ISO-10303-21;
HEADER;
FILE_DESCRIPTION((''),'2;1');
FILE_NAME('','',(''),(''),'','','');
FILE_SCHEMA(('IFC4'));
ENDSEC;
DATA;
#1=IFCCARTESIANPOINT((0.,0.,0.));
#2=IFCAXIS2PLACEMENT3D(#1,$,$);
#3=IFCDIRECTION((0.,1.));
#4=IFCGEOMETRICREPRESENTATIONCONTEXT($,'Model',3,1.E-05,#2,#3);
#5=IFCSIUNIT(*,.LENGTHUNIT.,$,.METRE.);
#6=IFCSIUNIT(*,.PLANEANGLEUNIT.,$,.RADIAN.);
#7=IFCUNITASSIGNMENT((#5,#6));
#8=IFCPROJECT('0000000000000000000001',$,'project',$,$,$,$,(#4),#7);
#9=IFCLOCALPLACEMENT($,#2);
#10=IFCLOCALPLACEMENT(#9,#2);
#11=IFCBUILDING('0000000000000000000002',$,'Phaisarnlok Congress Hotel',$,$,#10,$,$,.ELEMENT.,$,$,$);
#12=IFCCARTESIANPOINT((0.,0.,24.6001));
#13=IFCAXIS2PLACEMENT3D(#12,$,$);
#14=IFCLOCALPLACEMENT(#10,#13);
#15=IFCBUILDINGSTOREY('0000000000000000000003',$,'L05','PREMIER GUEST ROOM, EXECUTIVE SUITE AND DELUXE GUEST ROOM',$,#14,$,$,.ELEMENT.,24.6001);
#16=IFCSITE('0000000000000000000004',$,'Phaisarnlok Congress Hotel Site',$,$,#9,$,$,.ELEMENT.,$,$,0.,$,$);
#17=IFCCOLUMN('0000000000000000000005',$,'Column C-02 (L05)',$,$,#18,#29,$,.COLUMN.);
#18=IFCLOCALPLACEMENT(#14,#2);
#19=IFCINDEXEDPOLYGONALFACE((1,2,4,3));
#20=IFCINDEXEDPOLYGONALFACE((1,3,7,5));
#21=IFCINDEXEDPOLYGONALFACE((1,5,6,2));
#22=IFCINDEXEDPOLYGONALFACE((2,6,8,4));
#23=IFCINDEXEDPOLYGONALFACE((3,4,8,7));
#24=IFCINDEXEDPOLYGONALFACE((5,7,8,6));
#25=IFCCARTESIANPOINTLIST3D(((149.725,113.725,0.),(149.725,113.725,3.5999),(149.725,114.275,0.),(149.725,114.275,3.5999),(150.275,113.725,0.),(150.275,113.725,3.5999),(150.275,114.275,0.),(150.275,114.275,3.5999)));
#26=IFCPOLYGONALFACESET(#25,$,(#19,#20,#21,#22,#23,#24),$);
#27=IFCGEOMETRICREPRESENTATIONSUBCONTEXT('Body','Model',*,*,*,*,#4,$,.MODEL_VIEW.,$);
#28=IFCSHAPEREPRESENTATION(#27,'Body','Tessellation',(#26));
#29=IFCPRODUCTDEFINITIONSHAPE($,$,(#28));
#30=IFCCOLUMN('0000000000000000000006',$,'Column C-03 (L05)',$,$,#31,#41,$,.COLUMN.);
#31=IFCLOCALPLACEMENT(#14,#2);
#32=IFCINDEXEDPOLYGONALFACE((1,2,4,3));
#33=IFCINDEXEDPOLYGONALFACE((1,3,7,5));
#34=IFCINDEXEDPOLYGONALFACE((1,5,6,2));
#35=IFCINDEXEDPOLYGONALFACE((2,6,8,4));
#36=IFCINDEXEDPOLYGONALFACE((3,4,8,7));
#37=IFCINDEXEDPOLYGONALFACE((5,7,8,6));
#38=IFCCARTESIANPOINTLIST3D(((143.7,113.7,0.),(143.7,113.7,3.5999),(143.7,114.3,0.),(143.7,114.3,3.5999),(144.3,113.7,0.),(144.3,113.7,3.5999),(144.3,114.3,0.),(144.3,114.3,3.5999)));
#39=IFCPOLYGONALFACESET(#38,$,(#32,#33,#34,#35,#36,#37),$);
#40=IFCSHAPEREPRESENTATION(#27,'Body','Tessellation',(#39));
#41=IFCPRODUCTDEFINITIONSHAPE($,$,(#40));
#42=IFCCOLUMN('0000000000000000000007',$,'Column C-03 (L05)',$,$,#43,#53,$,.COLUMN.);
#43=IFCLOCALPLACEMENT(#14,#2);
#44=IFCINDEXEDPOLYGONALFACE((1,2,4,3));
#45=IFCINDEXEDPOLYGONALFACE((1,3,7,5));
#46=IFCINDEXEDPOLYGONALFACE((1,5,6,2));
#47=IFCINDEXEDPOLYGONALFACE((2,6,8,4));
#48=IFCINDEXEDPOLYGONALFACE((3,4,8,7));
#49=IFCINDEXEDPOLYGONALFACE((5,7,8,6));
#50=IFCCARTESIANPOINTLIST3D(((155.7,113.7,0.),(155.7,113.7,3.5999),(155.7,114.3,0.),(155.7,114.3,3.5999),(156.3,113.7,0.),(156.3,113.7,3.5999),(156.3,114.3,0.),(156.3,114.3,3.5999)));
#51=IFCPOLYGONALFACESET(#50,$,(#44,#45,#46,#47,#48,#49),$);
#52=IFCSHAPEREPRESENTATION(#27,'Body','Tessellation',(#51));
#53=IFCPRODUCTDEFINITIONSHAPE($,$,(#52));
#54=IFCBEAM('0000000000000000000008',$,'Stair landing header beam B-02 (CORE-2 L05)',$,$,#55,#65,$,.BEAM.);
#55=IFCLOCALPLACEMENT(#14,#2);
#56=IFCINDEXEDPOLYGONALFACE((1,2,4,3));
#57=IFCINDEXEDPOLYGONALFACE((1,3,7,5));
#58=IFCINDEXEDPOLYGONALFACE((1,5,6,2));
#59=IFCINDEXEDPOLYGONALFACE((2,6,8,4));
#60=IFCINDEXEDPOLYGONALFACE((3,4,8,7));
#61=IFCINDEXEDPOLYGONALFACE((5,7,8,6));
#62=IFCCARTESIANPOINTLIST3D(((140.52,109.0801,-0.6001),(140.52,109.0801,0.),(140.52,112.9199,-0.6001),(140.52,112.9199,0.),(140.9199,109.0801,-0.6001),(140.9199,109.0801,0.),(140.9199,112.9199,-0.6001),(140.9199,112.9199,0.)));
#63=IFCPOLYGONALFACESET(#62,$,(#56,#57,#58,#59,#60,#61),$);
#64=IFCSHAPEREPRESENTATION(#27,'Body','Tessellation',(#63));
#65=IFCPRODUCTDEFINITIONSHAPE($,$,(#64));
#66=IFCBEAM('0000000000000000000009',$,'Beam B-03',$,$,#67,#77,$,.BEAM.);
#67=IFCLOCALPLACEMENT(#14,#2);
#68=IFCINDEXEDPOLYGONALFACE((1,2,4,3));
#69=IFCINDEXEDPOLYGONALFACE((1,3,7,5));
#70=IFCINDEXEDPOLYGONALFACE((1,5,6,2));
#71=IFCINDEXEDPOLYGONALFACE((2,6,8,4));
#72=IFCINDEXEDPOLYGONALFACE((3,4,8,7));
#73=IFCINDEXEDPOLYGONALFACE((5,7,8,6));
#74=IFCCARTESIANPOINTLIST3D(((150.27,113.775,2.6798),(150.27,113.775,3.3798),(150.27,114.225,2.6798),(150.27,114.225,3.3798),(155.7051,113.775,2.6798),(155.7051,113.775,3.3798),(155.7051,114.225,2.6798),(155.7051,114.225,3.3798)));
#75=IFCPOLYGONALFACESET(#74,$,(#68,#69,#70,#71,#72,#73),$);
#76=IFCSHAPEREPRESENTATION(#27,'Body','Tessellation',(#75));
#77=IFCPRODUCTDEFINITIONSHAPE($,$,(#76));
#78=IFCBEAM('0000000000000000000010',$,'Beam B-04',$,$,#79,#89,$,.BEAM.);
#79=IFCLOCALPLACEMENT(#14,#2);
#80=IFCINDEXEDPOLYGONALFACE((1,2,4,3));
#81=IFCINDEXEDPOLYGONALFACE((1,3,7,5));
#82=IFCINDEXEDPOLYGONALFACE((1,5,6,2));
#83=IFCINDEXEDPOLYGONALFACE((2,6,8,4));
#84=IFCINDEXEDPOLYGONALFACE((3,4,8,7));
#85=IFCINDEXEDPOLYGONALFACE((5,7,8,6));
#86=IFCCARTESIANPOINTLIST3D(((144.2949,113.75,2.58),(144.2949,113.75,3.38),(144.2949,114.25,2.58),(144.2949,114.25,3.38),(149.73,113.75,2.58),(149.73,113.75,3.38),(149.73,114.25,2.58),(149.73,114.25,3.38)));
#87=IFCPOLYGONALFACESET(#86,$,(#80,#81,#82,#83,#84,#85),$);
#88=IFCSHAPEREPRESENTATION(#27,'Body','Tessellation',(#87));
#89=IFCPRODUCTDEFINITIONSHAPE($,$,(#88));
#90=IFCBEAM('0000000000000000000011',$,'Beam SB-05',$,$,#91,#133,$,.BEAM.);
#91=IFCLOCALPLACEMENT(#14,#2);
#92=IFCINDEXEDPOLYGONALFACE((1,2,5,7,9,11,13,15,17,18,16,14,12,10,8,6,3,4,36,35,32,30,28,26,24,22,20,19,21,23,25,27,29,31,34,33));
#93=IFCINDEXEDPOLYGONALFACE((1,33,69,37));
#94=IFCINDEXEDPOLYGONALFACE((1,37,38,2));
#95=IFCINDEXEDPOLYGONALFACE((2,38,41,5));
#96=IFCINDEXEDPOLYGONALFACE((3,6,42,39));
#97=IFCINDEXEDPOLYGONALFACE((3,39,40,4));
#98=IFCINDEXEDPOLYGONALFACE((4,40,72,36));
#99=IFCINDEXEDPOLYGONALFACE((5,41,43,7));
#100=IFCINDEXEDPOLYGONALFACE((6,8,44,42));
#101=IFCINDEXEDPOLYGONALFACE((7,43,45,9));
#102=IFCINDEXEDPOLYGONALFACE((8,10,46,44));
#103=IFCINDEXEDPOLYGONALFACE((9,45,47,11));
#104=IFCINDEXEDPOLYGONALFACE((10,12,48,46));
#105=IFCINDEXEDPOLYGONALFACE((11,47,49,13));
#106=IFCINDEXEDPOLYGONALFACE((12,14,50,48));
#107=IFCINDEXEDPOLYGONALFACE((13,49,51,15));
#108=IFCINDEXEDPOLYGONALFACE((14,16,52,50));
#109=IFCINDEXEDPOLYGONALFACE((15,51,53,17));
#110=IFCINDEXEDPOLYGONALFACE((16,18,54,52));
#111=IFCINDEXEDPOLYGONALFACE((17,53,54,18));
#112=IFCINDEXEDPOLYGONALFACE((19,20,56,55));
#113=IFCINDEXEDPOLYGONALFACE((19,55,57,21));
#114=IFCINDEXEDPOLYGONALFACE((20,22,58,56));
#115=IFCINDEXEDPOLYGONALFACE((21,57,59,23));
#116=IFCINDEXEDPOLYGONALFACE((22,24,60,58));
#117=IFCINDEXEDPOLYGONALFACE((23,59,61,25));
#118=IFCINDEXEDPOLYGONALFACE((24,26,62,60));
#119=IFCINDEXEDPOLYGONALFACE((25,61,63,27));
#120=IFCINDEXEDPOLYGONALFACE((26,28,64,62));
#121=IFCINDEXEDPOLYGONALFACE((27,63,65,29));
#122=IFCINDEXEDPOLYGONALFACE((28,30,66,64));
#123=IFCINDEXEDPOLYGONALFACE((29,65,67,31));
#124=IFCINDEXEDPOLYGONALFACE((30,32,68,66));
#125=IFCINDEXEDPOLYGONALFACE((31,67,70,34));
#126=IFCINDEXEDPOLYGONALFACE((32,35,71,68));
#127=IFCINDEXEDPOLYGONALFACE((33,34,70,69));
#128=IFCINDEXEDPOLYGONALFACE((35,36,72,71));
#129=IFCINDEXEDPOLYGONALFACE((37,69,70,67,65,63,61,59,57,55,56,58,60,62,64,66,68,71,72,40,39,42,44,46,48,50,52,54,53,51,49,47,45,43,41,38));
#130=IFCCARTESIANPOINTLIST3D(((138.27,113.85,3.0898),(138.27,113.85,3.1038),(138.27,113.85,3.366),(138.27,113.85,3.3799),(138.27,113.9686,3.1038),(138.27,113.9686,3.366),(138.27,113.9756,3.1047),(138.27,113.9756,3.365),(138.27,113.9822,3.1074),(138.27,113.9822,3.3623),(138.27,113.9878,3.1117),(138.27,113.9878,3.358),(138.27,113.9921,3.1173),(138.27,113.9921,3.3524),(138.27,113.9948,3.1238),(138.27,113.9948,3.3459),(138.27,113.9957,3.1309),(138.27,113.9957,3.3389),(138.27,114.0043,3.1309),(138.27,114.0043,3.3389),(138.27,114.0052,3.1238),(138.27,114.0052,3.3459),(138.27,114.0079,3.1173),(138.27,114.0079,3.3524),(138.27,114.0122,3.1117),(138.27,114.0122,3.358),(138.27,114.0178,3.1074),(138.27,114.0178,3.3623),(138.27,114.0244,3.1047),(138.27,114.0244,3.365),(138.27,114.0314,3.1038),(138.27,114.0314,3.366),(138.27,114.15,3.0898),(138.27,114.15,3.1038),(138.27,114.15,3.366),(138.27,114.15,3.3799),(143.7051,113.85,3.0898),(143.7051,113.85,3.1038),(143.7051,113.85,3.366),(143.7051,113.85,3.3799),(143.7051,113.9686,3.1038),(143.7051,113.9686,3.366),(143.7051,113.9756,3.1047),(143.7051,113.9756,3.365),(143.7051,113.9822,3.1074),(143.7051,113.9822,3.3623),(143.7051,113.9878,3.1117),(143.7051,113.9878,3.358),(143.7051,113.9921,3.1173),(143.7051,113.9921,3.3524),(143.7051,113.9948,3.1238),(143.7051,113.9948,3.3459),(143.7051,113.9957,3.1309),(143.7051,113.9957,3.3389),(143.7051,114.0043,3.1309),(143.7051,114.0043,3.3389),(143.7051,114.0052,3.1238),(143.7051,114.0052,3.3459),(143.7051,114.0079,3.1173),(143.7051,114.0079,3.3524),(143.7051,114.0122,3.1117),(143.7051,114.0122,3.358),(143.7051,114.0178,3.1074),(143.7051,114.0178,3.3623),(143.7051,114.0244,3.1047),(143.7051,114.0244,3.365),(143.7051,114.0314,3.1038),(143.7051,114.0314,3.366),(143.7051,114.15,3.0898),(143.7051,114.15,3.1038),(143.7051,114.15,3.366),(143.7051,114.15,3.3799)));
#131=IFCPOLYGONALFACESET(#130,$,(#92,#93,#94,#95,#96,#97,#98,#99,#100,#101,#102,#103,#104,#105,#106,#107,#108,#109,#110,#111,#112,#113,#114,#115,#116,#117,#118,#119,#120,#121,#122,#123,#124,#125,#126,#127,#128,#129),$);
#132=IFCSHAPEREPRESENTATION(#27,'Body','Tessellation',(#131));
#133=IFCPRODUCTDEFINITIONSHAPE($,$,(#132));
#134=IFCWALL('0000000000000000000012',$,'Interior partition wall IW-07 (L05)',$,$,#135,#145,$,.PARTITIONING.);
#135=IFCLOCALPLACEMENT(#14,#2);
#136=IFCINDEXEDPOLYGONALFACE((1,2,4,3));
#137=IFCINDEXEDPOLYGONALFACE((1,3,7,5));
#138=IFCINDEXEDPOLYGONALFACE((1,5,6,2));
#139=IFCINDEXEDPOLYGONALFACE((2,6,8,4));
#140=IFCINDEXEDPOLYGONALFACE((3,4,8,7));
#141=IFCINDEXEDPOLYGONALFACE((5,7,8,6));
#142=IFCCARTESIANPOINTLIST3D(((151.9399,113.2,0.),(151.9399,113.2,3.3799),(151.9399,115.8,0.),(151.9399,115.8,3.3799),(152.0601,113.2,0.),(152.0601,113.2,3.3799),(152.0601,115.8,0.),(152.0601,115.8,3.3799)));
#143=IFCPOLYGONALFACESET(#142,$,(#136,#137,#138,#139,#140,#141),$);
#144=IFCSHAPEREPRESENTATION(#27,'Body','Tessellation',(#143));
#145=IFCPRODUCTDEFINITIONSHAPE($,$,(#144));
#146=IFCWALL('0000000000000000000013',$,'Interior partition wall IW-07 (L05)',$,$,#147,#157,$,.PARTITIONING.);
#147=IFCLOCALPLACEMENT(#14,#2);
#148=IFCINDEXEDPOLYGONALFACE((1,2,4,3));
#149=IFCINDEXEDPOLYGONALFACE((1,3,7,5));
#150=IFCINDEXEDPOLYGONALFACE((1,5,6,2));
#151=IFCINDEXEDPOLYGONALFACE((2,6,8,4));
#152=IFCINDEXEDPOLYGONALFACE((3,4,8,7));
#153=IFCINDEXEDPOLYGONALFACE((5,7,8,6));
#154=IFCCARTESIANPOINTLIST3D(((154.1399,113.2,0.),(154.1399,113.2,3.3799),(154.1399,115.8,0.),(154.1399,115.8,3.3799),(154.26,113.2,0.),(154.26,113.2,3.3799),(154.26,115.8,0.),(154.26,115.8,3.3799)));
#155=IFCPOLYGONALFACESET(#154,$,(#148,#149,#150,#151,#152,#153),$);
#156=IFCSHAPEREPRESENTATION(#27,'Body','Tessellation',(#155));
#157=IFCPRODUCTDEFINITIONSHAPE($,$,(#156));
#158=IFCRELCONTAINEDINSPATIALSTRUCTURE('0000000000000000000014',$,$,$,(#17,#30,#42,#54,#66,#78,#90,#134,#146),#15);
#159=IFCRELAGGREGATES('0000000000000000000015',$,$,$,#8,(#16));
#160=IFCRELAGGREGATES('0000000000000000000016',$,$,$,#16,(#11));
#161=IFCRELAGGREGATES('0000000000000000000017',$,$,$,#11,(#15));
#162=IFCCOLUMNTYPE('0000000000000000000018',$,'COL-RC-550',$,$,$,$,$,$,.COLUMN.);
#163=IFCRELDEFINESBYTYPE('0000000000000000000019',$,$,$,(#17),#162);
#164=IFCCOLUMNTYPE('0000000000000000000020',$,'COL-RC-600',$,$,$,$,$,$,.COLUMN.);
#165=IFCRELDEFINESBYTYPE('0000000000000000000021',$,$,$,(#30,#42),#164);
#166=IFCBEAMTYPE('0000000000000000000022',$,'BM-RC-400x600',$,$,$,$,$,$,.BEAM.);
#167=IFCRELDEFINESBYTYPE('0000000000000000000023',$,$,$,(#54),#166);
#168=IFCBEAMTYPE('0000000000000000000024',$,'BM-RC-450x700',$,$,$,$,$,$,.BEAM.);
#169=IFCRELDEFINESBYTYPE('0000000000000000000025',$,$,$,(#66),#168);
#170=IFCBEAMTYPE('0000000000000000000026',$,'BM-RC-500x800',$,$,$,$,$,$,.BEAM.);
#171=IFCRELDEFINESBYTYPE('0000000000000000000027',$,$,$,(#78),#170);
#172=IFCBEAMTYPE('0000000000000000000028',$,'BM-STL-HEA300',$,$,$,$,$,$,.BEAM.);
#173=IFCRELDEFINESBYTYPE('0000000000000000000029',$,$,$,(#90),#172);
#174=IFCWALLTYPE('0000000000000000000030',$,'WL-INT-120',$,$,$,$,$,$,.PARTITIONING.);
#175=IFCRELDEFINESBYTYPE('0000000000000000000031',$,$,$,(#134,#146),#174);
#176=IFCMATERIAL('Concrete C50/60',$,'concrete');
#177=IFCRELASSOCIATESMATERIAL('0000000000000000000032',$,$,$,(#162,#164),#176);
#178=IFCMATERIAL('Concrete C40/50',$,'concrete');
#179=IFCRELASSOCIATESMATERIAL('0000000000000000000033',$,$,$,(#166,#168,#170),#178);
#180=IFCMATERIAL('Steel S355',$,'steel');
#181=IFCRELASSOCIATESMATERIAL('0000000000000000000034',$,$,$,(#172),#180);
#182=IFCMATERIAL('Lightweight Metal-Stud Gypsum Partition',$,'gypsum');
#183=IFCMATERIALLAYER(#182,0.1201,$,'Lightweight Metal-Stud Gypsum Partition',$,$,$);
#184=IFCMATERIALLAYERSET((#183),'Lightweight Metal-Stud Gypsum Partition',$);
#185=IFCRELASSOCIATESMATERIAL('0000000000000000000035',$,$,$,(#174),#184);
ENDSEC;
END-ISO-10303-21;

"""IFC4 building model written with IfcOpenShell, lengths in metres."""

from ifc_helpers import new_model, si_unit, direction, frame, frame_2d, origin, origin_2d, place, context, subcontext, project, spatial, rectangle, i_section, extrude, material, layer, layer_set, material_profile, profile_set, type_object, element, save


model = new_model("IFC4")

# Units and contexts
model_context = context("Model", 3, precision=1e-05, world=origin(), true_north=direction((0.0, 1.0)))
body_context = subcontext(model_context, "Body", "Model", "MODEL_VIEW")
ifc_project = project(units=[si_unit("LENGTHUNIT", "METRE"), si_unit("PLANEANGLEUNIT", "RADIAN")], contexts=[model_context])

# Site, building, storey
site_placement = place(None, origin())
site = spatial("IfcSite", under=ifc_project, at=site_placement, Name="Phaisarnlok Congress Hotel Site", CompositionType="ELEMENT", RefElevation=0.0)
building_placement = place(site_placement, origin())
building = spatial("IfcBuilding", under=site, at=building_placement, Name="Phaisarnlok Congress Hotel", CompositionType="ELEMENT")
storey_placement = place(building_placement, frame((0.0, 0.0, 24.6001)))
storey = spatial("IfcBuildingStorey", under=building, at=storey_placement, Name="L05", Description="PREMIER GUEST ROOM, EXECUTIVE SUITE AND DELUXE GUEST ROOM", CompositionType="ELEMENT", Elevation=24.6001)

# Columns
ifc_material_1 = material(Name="Concrete C50/60", Category="concrete")
ifc_material_profile_1 = material_profile(ifc_material_1, rectangle(XDim=0.55, YDim=0.55, at=origin_2d()), Name="RC 550x550")
ifc_profile_set_1 = profile_set([ifc_material_profile_1], Name="Concrete C50/60")
column_type_1 = type_object("IfcColumnType", Name="COL-RC-550", PredefinedType="COLUMN", material=ifc_profile_set_1)
column_placement = place(storey_placement, frame((150.0, 114.0, 0.0), z_axis=(0.0, 0.0, 1.0), x_axis=(1.0, 0.0, 0.0)))
element("IfcColumn", 1, at=column_placement, inside=storey, type_object=column_type_1, Name="Column C-02 (L05)", PredefinedType="COLUMN", context=body_context, shape_type="SweptSolid", body=[
    extrude(rectangle(XDim=0.55, YDim=0.55, at=origin_2d()), origin(), (0.0, 0.0, 1.0), 3.5999),
])
ifc_material_profile_2 = material_profile(ifc_material_1, rectangle(XDim=0.6001, YDim=0.6001, at=origin_2d()), Name="RC 600x600")
ifc_profile_set_2 = profile_set([ifc_material_profile_2], Name="Concrete C50/60")
column_type_2 = type_object("IfcColumnType", Name="COL-RC-600", PredefinedType="COLUMN", material=ifc_profile_set_2)
for number, where, z_axis, x_axis, name in (
    (2, (144.0, 114.0, 0.0), (0.0, 0.0, 1.0), (1.0, 0.0, 0.0), "Column C-03 (L05)"),
    (3, (156.0, 114.0, 0.0), (0.0, 0.0, 1.0), (1.0, 0.0, 0.0), "Column C-03 (L05)"),
):
    element("IfcColumn", number, at=place(storey_placement, frame(where, z_axis=z_axis, x_axis=x_axis)), inside=storey, type_object=column_type_2, Name=name, PredefinedType="COLUMN", context=body_context, shape_type="SweptSolid", body=[
        extrude(rectangle(XDim=0.6001, YDim=0.6001, at=origin_2d()), origin(), (0.0, 0.0, 1.0), 3.5999),
    ])

# Beams
ifc_material_2 = material(Name="Concrete C40/50", Category="concrete")
ifc_material_profile_3 = material_profile(ifc_material_2, rectangle(XDim=0.3999, YDim=0.6001, at=origin_2d()), Name="RC 400x600")
ifc_profile_set_3 = profile_set([ifc_material_profile_3], Name="Concrete C40/50")
beam_type_1 = type_object("IfcBeamType", Name="BM-RC-400x600", PredefinedType="BEAM", material=ifc_profile_set_3)
beam_1_placement = place(storey_placement, frame((140.72, 109.0801, -0.3), z_axis=(0.0, 1.0, 0.0), x_axis=(-1.0, 0.0, 0.0)))
element("IfcBeam", 4, at=beam_1_placement, inside=storey, type_object=beam_type_1, Name="Stair landing header beam B-02 (CORE-2 L05)", PredefinedType="BEAM", context=body_context, shape_type="SweptSolid", body=[
    extrude(rectangle(XDim=0.3999, YDim=0.6001, at=origin_2d()), origin(), (0.0, 0.0, 1.0), 3.8398),
])
ifc_material_profile_4 = material_profile(ifc_material_2, rectangle(XDim=0.45, YDim=0.7, at=origin_2d()), Name="RC 450x700")
ifc_profile_set_4 = profile_set([ifc_material_profile_4], Name="Concrete C40/50")
beam_type_2 = type_object("IfcBeamType", Name="BM-RC-450x700", PredefinedType="BEAM", material=ifc_profile_set_4)
beam_2_placement = place(storey_placement, frame((150.27, 114.0, 3.0298), z_axis=(1.0, 0.0, 0.0), x_axis=(0.0, 1.0, 0.0)))
element("IfcBeam", 5, at=beam_2_placement, inside=storey, type_object=beam_type_2, Name="Beam B-03", PredefinedType="BEAM", context=body_context, shape_type="SweptSolid", body=[
    extrude(rectangle(XDim=0.45, YDim=0.7, at=origin_2d()), origin(), (0.0, 0.0, 1.0), 5.4351),
])
ifc_material_profile_5 = material_profile(ifc_material_2, rectangle(XDim=0.5, YDim=0.8, at=origin_2d()), Name="RC 500x800")
ifc_profile_set_5 = profile_set([ifc_material_profile_5], Name="Concrete C40/50")
beam_type_3 = type_object("IfcBeamType", Name="BM-RC-500x800", PredefinedType="BEAM", material=ifc_profile_set_5)
beam_3_placement = place(storey_placement, frame((144.2949, 114.0, 2.98), z_axis=(1.0, 0.0, 0.0), x_axis=(0.0, 1.0, 0.0)))
element("IfcBeam", 6, at=beam_3_placement, inside=storey, type_object=beam_type_3, Name="Beam B-04", PredefinedType="BEAM", context=body_context, shape_type="SweptSolid", body=[
    extrude(rectangle(XDim=0.5, YDim=0.8, at=origin_2d()), origin(), (0.0, 0.0, 1.0), 5.4351),
])
ifc_material_3 = material(Name="Steel S355", Category="steel")
ifc_material_profile_6 = material_profile(ifc_material_3, i_section(OverallWidth=0.3, OverallDepth=0.29, WebThickness=0.0085, FlangeThickness=0.0139, FilletRadius=0.0271, at=origin_2d()), Name="HEA 300")
ifc_profile_set_6 = profile_set([ifc_material_profile_6], Name="Steel S355")
beam_type_4 = type_object("IfcBeamType", Name="BM-STL-HEA300", PredefinedType="BEAM", material=ifc_profile_set_6)
beam_4_placement = place(storey_placement, frame((138.27, 114.0, 3.2349), z_axis=(1.0, 0.0, 0.0), x_axis=(0.0, 1.0, 0.0)))
element("IfcBeam", 7, at=beam_4_placement, inside=storey, type_object=beam_type_4, Name="Beam SB-05", PredefinedType="BEAM", context=body_context, shape_type="SweptSolid", body=[
    extrude(i_section(OverallWidth=0.3, OverallDepth=0.29, WebThickness=0.0085, FlangeThickness=0.0139, FilletRadius=0.0271, at=origin_2d()), origin(), (0.0, 0.0, 1.0), 5.4351),
])

# Walls
ifc_material_4 = material(Name="Lightweight Metal-Stud Gypsum Partition", Category="gypsum")
ifc_layer_1 = layer(ifc_material_4, 0.1201, Name="Lightweight Metal-Stud Gypsum Partition")
ifc_layer_set_1 = layer_set([ifc_layer_1], Name="Lightweight Metal-Stud Gypsum Partition")
wall_type_1 = type_object("IfcWallType", Name="WL-INT-120", PredefinedType="PARTITIONING", material=ifc_layer_set_1)
for number, where, z_axis, x_axis, name in (
    (8, (152.0, 113.2, 0.0), (0.0, 0.0, 1.0), (0.0, 1.0, 0.0), "Interior partition wall IW-07 (L05)"),
    (9, (154.2, 113.2, 0.0), (0.0, 0.0, 1.0), (0.0, 1.0, 0.0), "Interior partition wall IW-07 (L05)"),
):
    element("IfcWall", number, at=place(storey_placement, frame(where, z_axis=z_axis, x_axis=x_axis)), inside=storey, type_object=wall_type_1, Name=name, PredefinedType="PARTITIONING", context=body_context, shape_type="SweptSolid", body=[
        extrude(rectangle(XDim=2.6001, YDim=0.1201, at=frame_2d((1.3, 0.0))), origin(), (0.0, 0.0, 1.0), 3.3799),
    ])

save(model, "model.ifc")
